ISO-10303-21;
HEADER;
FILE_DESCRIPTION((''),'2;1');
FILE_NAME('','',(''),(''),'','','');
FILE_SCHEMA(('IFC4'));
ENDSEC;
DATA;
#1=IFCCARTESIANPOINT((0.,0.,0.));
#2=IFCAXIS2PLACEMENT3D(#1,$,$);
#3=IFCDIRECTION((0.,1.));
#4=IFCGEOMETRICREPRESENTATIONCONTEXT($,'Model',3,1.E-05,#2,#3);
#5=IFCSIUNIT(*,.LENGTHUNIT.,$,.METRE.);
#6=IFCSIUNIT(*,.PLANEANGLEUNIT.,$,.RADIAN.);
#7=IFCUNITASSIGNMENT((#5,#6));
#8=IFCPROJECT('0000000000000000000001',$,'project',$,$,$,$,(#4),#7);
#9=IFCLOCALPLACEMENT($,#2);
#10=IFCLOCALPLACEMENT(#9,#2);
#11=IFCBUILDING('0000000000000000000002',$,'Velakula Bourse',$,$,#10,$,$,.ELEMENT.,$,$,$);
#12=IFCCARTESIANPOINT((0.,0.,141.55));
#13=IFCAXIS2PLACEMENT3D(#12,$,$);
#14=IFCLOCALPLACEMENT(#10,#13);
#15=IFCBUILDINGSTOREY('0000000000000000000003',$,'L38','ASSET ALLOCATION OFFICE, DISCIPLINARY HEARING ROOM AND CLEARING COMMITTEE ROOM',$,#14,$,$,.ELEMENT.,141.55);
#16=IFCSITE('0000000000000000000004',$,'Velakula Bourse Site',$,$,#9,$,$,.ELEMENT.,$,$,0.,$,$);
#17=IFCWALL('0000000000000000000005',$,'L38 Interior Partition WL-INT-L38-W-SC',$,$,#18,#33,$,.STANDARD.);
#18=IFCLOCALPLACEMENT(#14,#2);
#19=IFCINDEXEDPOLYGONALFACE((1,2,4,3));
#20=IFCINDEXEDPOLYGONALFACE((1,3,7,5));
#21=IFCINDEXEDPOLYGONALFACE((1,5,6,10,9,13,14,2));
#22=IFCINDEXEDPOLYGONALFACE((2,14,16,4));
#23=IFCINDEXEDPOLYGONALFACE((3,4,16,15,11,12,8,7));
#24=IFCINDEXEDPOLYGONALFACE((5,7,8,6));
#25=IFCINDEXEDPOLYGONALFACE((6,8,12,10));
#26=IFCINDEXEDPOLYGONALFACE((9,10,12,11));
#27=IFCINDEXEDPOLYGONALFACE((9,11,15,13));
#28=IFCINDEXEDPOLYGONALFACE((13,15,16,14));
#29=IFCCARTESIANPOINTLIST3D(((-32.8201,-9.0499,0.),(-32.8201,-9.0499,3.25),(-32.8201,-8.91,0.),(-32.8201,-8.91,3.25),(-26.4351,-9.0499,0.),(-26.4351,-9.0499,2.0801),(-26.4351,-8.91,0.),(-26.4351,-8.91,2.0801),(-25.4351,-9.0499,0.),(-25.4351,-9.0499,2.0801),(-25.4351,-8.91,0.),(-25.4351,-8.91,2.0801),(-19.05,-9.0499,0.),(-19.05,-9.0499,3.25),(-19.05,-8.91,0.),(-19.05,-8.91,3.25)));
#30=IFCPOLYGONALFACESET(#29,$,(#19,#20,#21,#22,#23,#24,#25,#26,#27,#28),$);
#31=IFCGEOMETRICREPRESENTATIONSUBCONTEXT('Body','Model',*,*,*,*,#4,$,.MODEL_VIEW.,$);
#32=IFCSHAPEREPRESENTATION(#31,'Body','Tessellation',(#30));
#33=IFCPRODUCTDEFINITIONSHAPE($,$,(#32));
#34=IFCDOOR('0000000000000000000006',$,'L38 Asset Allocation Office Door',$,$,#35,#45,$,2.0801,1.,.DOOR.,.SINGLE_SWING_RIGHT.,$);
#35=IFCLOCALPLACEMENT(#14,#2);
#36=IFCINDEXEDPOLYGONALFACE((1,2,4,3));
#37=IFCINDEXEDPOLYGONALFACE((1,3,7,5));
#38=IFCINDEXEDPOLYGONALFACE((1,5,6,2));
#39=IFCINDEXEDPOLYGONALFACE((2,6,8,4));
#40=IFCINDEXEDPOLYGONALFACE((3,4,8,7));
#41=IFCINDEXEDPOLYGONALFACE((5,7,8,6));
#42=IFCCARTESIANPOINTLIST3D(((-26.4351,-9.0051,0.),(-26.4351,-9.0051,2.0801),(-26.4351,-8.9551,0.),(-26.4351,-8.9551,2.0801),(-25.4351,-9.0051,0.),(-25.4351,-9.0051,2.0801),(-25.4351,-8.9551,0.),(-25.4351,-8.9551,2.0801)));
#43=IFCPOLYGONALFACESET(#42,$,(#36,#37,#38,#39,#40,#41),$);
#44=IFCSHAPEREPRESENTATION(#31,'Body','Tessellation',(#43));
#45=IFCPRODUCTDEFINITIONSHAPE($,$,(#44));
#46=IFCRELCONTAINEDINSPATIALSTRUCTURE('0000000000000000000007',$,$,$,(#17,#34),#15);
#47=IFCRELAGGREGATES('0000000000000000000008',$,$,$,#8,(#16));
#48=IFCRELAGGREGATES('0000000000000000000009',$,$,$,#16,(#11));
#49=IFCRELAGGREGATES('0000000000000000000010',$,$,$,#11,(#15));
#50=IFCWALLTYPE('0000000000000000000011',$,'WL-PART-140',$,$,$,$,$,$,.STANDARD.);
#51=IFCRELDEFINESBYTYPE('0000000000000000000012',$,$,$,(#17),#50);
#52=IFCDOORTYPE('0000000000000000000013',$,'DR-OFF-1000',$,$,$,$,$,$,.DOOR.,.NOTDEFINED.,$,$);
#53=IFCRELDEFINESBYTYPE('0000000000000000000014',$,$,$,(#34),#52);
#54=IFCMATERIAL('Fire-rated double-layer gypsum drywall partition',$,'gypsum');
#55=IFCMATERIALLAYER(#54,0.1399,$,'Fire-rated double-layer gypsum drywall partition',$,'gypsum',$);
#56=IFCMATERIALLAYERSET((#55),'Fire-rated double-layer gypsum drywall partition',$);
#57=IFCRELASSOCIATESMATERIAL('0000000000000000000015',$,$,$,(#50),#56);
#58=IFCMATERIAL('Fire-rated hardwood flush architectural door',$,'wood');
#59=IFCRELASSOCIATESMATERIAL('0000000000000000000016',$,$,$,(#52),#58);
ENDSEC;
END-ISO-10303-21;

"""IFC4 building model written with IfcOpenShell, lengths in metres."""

from ifc_helpers import new_model, si_unit, direction, frame, frame_2d, origin, place, context, subcontext, project, spatial, rectangle, extrude, material, layer, layer_set, type_object, element, fill, save


model = new_model("IFC4")

# Units and contexts
model_context = context("Model", 3, precision=1e-05, world=origin(), true_north=direction((0.0, 1.0)))
body_context = subcontext(model_context, "Body", "Model", "MODEL_VIEW")
ifc_project = project(units=[si_unit("LENGTHUNIT", "METRE"), si_unit("PLANEANGLEUNIT", "RADIAN")], contexts=[model_context])

# Site, building, storey
site_placement = place(None, origin())
site = spatial("IfcSite", under=ifc_project, at=site_placement, Name="Velakula Bourse Site", CompositionType="ELEMENT", RefElevation=0.0)
building_placement = place(site_placement, origin())
building = spatial("IfcBuilding", under=site, at=building_placement, Name="Velakula Bourse", CompositionType="ELEMENT")
storey_placement = place(building_placement, frame((0.0, 0.0, 141.55)))
storey = spatial("IfcBuildingStorey", under=building, at=storey_placement, Name="L38", Description="ASSET ALLOCATION OFFICE, DISCIPLINARY HEARING ROOM AND CLEARING COMMITTEE ROOM", CompositionType="ELEMENT", Elevation=141.55)

# Shared definitions
ifc_material_1 = material(Name="Fire-rated double-layer gypsum drywall partition", Category="gypsum")

# Shared definitions
ifc_layer_1 = layer(ifc_material_1, 0.1399, Name="Fire-rated double-layer gypsum drywall partition", Category="gypsum")
ifc_layer_set_1 = layer_set([ifc_layer_1], Name="Fire-rated double-layer gypsum drywall partition")
wall_type_1 = type_object("IfcWallType", Name="WL-PART-140", PredefinedType="STANDARD", material=ifc_layer_set_1)
ifc_material_2 = material(Name="Fire-rated hardwood flush architectural door", Category="wood")
door_type_1 = type_object("IfcDoorType", Name="DR-OFF-1000", OperationType="NOTDEFINED", PredefinedType="DOOR", material=ifc_material_2)

# Wall, opening, door
wall_1_placement = place(storey_placement, frame((-32.8201, -8.98, 0.0), z_axis=(0.0, 0.0, 1.0), x_axis=(1.0, 0.0, 0.0)))
wall_1 = element("IfcWall", 1, at=wall_1_placement, inside=storey, type_object=wall_type_1, Name="L38 Interior Partition WL-INT-L38-W-SC", PredefinedType="STANDARD", context=body_context, shape_type="SweptSolid", body=[
    extrude(rectangle(XDim=13.77, YDim=0.1399, at=frame_2d((6.885, 0.0))), origin(), (0.0, 0.0, 1.0), 3.25),
])
opening_1_placement = place(wall_1_placement, frame((6.385, 0.0, 0.0)))
opening_1 = element("IfcOpeningElement", 2, at=opening_1_placement, cuts=wall_1, PredefinedType="OPENING", context=body_context, shape_type="SweptSolid", body=[
    extrude(rectangle(XDim=1.0, YDim=2.0801, at=frame_2d((0.5, 1.04))), frame((0.0, 0.0798, 0.0), z_axis=(0.0, -1.0, 0.0), x_axis=(1.0, 0.0, 0.0)), (0.0, 0.0, 1.0), 0.1599),
])
door_1_placement = place(opening_1_placement, origin())
door_1 = element("IfcDoor", 3, at=door_1_placement, inside=storey, type_object=door_type_1, Name="L38 Asset Allocation Office Door", OperationType="SINGLE_SWING_RIGHT", OverallHeight=2.0801, OverallWidth=1.0, PredefinedType="DOOR", context=body_context, shape_type="SweptSolid", body=[
    extrude(rectangle(XDim=1.0, YDim=2.0801, at=frame_2d((0.5, 1.04))), frame((0.0, 0.0249, 0.0), z_axis=(0.0, -1.0, 0.0), x_axis=(1.0, 0.0, 0.0)), (0.0, 0.0, 1.0), 0.05),
])
fill(opening_1, door_1)

save(model, "model.ifc")
